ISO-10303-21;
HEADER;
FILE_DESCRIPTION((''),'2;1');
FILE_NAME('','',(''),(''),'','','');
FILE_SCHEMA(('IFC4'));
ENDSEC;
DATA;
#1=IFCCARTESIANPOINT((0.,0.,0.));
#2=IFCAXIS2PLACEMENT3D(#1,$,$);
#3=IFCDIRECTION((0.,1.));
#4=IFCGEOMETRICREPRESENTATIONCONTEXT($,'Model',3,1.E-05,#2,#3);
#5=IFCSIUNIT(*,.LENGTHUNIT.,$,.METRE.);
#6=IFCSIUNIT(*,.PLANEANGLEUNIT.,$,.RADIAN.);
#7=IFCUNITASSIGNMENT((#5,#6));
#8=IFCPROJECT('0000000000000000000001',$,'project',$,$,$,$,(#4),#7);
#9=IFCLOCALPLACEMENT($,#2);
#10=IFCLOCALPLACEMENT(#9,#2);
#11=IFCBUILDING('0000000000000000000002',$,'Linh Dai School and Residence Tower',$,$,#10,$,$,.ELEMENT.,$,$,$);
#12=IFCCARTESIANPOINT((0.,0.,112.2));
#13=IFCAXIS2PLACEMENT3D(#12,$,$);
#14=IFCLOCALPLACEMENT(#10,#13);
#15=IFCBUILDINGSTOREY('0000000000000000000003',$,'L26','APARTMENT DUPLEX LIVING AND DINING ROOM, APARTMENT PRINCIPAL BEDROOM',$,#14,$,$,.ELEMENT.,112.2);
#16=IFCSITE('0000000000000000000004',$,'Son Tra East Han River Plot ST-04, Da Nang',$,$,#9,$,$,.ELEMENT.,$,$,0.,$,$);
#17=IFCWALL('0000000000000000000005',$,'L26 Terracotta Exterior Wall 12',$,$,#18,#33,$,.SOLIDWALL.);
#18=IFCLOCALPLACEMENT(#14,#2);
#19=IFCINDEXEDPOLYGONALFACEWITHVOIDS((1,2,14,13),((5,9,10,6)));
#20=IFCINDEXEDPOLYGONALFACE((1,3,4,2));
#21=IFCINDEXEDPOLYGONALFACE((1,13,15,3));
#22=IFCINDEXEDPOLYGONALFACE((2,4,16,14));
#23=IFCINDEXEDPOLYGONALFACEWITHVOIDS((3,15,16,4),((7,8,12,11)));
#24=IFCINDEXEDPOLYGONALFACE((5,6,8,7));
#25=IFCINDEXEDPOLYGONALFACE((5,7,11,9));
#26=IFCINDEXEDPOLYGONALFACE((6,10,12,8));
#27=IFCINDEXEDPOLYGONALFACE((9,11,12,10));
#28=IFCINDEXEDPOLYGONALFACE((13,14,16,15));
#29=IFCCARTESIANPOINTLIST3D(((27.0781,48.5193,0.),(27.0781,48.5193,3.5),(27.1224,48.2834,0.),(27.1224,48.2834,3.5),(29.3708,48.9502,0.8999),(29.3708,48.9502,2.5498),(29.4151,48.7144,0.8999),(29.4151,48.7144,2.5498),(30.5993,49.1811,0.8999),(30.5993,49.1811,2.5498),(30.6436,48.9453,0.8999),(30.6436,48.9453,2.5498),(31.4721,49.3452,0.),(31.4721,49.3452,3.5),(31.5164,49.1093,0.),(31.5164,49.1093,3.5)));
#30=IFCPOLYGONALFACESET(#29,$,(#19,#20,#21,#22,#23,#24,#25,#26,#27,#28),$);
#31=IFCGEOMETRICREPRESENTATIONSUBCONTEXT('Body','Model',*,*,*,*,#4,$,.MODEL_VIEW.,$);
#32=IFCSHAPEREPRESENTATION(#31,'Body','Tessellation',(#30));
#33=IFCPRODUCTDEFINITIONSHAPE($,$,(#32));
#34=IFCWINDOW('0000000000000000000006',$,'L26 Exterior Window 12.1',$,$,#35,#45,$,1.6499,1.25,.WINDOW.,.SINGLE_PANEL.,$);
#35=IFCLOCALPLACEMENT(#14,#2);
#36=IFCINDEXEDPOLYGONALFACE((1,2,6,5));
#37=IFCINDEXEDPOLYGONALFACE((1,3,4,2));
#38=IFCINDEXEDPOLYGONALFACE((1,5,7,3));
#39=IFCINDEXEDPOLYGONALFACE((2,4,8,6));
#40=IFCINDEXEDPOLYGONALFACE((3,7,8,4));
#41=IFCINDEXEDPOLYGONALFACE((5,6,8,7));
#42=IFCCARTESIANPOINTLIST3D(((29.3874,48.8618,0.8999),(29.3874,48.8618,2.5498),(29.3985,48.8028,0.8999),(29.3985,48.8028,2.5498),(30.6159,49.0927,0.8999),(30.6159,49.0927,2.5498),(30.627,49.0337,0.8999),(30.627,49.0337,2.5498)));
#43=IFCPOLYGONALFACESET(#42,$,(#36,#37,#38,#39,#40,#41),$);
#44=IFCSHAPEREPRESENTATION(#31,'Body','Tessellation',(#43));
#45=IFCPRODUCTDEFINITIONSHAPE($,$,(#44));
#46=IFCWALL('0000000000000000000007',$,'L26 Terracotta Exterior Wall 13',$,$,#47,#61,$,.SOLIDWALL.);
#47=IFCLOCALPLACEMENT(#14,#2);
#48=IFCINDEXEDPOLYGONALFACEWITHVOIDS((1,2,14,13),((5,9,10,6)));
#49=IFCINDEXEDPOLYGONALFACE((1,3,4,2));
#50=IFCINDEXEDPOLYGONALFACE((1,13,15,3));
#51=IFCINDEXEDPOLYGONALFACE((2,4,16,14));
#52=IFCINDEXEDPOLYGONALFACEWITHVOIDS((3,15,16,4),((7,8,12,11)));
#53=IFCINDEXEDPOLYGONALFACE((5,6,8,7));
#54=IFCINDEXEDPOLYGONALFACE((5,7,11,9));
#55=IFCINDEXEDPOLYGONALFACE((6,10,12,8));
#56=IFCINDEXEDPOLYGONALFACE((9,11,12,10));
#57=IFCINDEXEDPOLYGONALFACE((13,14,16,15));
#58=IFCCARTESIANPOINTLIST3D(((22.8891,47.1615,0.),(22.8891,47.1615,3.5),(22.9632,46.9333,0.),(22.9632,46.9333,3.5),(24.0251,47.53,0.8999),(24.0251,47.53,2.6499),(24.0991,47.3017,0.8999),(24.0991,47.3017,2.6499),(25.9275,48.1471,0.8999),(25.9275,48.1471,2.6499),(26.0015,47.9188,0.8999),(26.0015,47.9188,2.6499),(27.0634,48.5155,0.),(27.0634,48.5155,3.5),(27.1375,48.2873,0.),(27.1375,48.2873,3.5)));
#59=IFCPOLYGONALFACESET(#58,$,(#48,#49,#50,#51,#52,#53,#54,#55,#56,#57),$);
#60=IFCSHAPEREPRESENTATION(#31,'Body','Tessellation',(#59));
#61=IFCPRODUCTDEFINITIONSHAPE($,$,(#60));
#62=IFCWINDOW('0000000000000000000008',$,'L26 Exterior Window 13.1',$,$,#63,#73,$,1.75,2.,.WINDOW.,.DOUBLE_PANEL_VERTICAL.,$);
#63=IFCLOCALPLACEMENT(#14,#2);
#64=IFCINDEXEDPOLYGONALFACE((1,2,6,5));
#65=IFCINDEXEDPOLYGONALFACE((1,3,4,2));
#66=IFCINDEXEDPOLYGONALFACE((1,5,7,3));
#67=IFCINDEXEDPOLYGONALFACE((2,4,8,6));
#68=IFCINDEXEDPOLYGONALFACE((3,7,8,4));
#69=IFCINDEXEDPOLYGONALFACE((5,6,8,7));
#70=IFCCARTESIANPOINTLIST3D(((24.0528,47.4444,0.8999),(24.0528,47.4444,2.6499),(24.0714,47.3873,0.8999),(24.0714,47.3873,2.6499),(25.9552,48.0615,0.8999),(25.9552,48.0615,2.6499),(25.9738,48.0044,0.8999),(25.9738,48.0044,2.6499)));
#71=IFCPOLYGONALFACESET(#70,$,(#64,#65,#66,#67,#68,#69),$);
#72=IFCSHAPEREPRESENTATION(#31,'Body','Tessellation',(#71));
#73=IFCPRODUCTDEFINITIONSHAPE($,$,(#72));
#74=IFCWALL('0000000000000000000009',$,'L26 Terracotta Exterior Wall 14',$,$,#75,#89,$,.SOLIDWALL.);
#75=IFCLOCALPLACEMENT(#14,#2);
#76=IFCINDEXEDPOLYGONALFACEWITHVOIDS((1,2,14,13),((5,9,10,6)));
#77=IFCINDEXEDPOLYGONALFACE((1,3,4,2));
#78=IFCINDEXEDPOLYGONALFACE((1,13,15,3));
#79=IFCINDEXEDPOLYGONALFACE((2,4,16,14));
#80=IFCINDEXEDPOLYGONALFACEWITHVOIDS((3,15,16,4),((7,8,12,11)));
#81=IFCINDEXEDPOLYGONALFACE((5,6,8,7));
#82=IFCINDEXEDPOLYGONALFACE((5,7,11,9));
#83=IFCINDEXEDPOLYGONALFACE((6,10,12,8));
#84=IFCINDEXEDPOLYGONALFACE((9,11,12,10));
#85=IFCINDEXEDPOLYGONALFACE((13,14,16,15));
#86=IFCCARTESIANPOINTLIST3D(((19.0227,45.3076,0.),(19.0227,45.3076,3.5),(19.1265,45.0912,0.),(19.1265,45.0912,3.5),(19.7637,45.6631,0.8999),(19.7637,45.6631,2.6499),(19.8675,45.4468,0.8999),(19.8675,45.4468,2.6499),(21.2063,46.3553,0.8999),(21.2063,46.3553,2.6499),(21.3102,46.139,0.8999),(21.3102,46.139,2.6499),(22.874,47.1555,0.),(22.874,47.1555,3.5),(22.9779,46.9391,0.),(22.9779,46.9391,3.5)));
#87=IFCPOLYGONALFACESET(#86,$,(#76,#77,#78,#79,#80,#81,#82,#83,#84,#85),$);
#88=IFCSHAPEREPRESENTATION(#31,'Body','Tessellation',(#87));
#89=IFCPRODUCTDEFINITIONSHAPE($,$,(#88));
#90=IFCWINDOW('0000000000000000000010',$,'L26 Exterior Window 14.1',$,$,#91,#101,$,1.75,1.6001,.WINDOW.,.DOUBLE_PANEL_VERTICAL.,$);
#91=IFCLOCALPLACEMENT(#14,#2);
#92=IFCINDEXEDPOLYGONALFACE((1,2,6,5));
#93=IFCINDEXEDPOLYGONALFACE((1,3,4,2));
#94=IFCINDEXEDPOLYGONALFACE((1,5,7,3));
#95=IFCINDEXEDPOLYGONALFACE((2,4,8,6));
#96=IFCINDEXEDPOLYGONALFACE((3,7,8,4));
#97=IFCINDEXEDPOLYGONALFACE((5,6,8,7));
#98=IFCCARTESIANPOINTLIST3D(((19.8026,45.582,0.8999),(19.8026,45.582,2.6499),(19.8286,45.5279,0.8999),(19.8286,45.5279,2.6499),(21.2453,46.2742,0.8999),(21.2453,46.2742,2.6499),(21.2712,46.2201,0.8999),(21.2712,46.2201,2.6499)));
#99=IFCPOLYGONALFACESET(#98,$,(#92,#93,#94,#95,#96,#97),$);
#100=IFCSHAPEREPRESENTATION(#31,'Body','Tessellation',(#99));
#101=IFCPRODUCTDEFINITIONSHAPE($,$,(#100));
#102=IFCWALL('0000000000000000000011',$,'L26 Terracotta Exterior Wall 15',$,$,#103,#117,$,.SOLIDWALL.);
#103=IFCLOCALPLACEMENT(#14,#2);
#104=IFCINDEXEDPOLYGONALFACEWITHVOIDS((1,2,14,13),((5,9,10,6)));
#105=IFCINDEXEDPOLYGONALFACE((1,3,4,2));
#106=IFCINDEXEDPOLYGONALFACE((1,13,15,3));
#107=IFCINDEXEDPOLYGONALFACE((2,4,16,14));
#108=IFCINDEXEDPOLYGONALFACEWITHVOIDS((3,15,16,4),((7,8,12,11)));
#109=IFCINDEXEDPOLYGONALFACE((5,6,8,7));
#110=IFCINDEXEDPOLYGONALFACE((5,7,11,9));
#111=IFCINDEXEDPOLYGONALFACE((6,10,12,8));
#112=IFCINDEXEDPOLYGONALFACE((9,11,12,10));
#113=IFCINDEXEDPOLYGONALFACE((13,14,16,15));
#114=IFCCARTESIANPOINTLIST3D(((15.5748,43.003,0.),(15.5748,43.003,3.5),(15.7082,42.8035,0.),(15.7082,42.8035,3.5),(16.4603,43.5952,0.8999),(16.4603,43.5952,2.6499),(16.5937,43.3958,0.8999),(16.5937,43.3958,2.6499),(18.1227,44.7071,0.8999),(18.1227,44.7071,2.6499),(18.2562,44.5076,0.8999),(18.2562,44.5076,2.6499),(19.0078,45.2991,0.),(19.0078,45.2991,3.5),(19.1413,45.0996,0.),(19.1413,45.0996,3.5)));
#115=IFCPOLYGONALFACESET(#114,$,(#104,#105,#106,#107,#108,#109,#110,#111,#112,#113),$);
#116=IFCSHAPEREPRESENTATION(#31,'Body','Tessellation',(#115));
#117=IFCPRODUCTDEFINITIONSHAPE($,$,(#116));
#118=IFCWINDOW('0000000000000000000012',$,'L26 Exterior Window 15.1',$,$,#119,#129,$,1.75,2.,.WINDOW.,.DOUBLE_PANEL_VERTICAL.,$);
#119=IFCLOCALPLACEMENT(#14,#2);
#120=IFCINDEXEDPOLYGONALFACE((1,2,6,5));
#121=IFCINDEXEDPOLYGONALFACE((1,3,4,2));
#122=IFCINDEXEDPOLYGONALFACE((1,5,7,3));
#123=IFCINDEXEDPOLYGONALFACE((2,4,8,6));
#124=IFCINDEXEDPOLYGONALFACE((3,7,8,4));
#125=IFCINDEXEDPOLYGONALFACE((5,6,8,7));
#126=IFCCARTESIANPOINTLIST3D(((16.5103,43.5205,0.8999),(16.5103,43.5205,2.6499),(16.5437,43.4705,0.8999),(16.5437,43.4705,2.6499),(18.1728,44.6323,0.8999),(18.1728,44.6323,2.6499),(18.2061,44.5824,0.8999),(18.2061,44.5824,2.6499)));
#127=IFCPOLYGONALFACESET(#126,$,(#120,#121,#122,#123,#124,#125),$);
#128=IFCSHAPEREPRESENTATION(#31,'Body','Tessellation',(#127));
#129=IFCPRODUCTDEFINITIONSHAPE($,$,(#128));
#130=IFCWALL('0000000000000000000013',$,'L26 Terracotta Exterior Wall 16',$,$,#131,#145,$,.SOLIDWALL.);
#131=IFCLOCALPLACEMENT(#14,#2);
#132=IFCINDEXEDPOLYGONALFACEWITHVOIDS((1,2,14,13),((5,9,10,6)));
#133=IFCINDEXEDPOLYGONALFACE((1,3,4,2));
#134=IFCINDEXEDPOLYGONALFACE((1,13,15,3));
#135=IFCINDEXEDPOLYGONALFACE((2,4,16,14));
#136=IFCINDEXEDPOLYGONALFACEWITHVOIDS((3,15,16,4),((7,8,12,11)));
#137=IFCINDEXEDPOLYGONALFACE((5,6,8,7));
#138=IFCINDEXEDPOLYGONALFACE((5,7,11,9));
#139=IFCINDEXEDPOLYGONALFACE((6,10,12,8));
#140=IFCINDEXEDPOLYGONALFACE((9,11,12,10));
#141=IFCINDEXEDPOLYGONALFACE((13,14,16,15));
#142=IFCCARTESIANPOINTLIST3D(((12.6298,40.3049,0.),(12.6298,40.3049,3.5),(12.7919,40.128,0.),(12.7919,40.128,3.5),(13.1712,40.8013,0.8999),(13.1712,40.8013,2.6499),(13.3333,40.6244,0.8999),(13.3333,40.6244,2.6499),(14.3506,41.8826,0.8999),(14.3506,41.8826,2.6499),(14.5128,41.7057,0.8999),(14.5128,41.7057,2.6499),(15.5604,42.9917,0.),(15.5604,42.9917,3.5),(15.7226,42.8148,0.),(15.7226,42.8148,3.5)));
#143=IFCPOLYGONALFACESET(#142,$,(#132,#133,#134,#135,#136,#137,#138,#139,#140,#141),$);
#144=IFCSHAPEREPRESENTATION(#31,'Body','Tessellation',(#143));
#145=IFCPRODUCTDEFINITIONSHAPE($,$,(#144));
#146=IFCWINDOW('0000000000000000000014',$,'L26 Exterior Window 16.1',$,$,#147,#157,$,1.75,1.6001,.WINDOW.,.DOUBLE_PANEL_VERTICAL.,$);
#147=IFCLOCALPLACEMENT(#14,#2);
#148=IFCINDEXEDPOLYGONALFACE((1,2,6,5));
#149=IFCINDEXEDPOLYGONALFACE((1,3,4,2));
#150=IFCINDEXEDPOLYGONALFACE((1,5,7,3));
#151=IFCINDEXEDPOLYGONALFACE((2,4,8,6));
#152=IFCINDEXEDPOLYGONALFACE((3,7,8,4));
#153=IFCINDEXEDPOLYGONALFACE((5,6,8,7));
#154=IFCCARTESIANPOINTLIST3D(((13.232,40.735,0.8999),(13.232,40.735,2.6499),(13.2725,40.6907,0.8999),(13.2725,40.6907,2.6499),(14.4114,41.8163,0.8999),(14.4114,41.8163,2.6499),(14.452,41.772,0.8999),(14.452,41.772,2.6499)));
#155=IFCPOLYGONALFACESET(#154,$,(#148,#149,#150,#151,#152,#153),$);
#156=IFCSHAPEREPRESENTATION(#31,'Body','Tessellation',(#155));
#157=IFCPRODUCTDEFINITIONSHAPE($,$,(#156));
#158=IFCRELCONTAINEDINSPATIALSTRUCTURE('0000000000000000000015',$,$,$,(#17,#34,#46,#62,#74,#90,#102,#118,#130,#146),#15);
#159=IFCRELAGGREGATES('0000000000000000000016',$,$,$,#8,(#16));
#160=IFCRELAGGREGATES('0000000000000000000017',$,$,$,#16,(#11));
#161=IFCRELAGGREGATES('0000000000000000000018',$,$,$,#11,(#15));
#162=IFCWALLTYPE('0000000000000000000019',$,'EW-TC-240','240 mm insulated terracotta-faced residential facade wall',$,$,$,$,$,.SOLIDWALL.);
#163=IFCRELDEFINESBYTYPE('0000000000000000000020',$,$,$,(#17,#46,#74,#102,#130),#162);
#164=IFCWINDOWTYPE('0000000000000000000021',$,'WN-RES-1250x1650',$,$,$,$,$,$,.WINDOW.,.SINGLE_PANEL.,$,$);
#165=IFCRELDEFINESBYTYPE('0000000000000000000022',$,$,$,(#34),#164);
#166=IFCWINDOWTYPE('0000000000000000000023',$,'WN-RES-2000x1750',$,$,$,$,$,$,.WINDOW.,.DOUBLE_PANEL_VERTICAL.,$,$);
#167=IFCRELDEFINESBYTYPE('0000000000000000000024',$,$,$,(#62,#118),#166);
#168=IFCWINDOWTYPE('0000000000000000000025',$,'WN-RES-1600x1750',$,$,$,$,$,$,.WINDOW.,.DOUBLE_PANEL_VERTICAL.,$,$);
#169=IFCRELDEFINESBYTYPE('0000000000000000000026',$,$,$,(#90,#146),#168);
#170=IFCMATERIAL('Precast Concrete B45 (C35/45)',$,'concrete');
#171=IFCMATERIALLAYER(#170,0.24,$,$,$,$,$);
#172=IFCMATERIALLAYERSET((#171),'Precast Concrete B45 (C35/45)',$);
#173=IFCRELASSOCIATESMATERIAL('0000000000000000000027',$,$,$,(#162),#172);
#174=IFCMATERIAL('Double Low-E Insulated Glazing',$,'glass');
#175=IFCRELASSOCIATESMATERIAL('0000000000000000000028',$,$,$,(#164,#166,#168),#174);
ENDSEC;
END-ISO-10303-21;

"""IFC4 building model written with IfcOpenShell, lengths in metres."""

from ifc_helpers import new_model, si_unit, direction, frame, frame_2d, origin, origin_2d, place, context, subcontext, project, spatial, rectangle, extrude, source, transform, mapped, material, layer, layer_set, type_object, element, fill, save


model = new_model("IFC4")

# Units and contexts
model_context = context("Model", 3, precision=1e-05, world=origin(), true_north=direction((0.0, 1.0)))
body_context = subcontext(model_context, "Body", "Model", "MODEL_VIEW")
ifc_project = project(units=[si_unit("LENGTHUNIT", "METRE"), si_unit("PLANEANGLEUNIT", "RADIAN")], contexts=[model_context])

# Site, building, storey
site_placement = place(None, origin())
site = spatial("IfcSite", under=ifc_project, at=site_placement, Name="Son Tra East Han River Plot ST-04, Da Nang", CompositionType="ELEMENT", RefElevation=0.0)
building_placement = place(site_placement, origin())
building = spatial("IfcBuilding", under=site, at=building_placement, Name="Linh Dai School and Residence Tower", CompositionType="ELEMENT")
storey_placement = place(building_placement, frame((0.0, 0.0, 112.2)))
storey = spatial("IfcBuildingStorey", under=building, at=storey_placement, Name="L26", Description="APARTMENT DUPLEX LIVING AND DINING ROOM, APARTMENT PRINCIPAL BEDROOM", CompositionType="ELEMENT", Elevation=112.2)

# Shared definitions
ifc_material_1 = material(Name="Precast Concrete B45 (C35/45)", Category="concrete")

# Walls, openings, windows
ifc_layer_1 = layer(ifc_material_1, 0.24)
ifc_layer_set_1 = layer_set([ifc_layer_1], Name="Precast Concrete B45 (C35/45)")
wall_type_1 = type_object("IfcWallType", Name="EW-TC-240", Description="240 mm insulated terracotta-faced residential facade wall", PredefinedType="SOLIDWALL", material=ifc_layer_set_1)
wall_1_placement = place(storey_placement, frame((27.1003, 48.4014, 0.0), z_axis=(0.0, 0.0, 1.0), x_axis=(0.982789, 0.18473, 0.0)))
wall_1 = element("IfcWall", 1, at=wall_1_placement, inside=storey, type_object=wall_type_1, Name="L26 Terracotta Exterior Wall 12", PredefinedType="SOLIDWALL", context=body_context, shape_type="SweptSolid", body=[
    extrude(rectangle(XDim=4.4709, YDim=0.24, at=frame_2d((2.2354, 0.0))), origin(), (0.0, 0.0, 1.0), 3.5),
])
opening_1_placement = place(wall_1_placement, frame((2.3328, 0.0, 0.8999)))
opening_1 = element("IfcOpeningElement", 2, at=opening_1_placement, cuts=wall_1, PredefinedType="OPENING", context=body_context, shape_type="SweptSolid", body=[
    extrude(rectangle(XDim=1.25, YDim=1.6499, at=origin_2d()), frame((0.625, 0.1299, 0.825), z_axis=(0.0, -1.0, 0.0), x_axis=(1.0, 0.0, 0.0)), (0.0, 0.0, 1.0), 0.26),
])
ifc_material_2 = material(Name="Double Low-E Insulated Glazing", Category="glass")
window_type_1 = type_object("IfcWindowType", Name="WN-RES-1250x1650", PartitioningType="SINGLE_PANEL", PredefinedType="WINDOW", material=ifc_material_2)
shared_shape_1 = source(origin(), body_context, "Body", "SweptSolid", [
    extrude(rectangle(XDim=1.25, YDim=1.6499, at=origin_2d()), frame((0.625, 0.03, 0.825), z_axis=(0.0, -1.0, 0.0), x_axis=(1.0, 0.0, 0.0)), (0.0, 0.0, 1.0), 0.0601),
])
window_1_placement = place(opening_1_placement, origin())
window_1 = element("IfcWindow", 3, at=window_1_placement, inside=storey, type_object=window_type_1, Name="L26 Exterior Window 12.1", OverallHeight=1.6499, OverallWidth=1.25, PartitioningType="SINGLE_PANEL", PredefinedType="WINDOW", context=body_context, shape_type="MappedRepresentation", body=[
    mapped(shared_shape_1, transform((0.0, 0.0, 0.0), x_axis=(1.0, 0.0, 0.0), y_axis=(0.0, 1.0, 0.0), z_axis=(0.0, 0.0, 1.0), scale=1.0)),
])
fill(opening_1, window_1)
wall_2_placement = place(storey_placement, frame((22.926, 47.0474, 0.0), z_axis=(0.0, 0.0, 1.0), x_axis=(0.951211, 0.30854, 0.0)))
wall_2 = element("IfcWall", 4, at=wall_2_placement, inside=storey, type_object=wall_type_1, Name="L26 Terracotta Exterior Wall 13", PredefinedType="SOLIDWALL", context=body_context, shape_type="SweptSolid", body=[
    extrude(rectangle(XDim=4.3884, YDim=0.24, at=frame_2d((2.1943, 0.0))), origin(), (0.0, 0.0, 1.0), 3.5),
])
opening_2_placement = place(wall_2_placement, frame((1.1943, 0.0, 0.8999)))
opening_2 = element("IfcOpeningElement", 5, at=opening_2_placement, cuts=wall_2, PredefinedType="OPENING", context=body_context, shape_type="SweptSolid", body=[
    extrude(rectangle(XDim=2.0, YDim=1.75, at=origin_2d()), frame((1.0, 0.1299, 0.875), z_axis=(0.0, -1.0, 0.0), x_axis=(1.0, 0.0, 0.0)), (0.0, 0.0, 1.0), 0.26),
])
window_type_2 = type_object("IfcWindowType", Name="WN-RES-2000x1750", PartitioningType="DOUBLE_PANEL_VERTICAL", PredefinedType="WINDOW", material=ifc_material_2)
shared_shape_2 = source(origin(), body_context, "Body", "SweptSolid", [
    extrude(rectangle(XDim=2.0, YDim=1.75, at=origin_2d()), frame((1.0, 0.03, 0.875), z_axis=(0.0, -1.0, 0.0), x_axis=(1.0, 0.0, 0.0)), (0.0, 0.0, 1.0), 0.0601),
])
window_2_placement = place(opening_2_placement, origin())
window_2 = element("IfcWindow", 6, at=window_2_placement, inside=storey, type_object=window_type_2, Name="L26 Exterior Window 13.1", OverallHeight=1.75, OverallWidth=2.0, PartitioningType="DOUBLE_PANEL_VERTICAL", PredefinedType="WINDOW", context=body_context, shape_type="MappedRepresentation", body=[
    mapped(shared_shape_2, transform((0.0, 0.0, 0.0), x_axis=(1.0, 0.0, 0.0), y_axis=(0.0, 1.0, 0.0), z_axis=(0.0, 0.0, 1.0), scale=1.0)),
])
fill(opening_2, window_2)
wall_3_placement = place(storey_placement, frame((19.0747, 45.1995, 0.0), z_axis=(0.0, 0.0, 1.0), x_axis=(0.90159, 0.432592, 0.0)))
wall_3 = element("IfcWall", 7, at=wall_3_placement, inside=storey, type_object=wall_type_1, Name="L26 Terracotta Exterior Wall 14", PredefinedType="SOLIDWALL", context=body_context, shape_type="SweptSolid", body=[
    extrude(rectangle(XDim=4.2717, YDim=0.24, at=frame_2d((2.1357, 0.0))), origin(), (0.0, 0.0, 1.0), 3.5),
])
opening_3_placement = place(wall_3_placement, frame((0.8218, 0.0, 0.8999)))
opening_3 = element("IfcOpeningElement", 8, at=opening_3_placement, cuts=wall_3, PredefinedType="OPENING", context=body_context, shape_type="SweptSolid", body=[
    extrude(rectangle(XDim=1.6001, YDim=1.75, at=origin_2d()), frame((0.8, 0.1299, 0.875), z_axis=(0.0, -1.0, 0.0), x_axis=(1.0, 0.0, 0.0)), (0.0, 0.0, 1.0), 0.26),
])
window_type_3 = type_object("IfcWindowType", Name="WN-RES-1600x1750", PartitioningType="DOUBLE_PANEL_VERTICAL", PredefinedType="WINDOW", material=ifc_material_2)
shared_shape_3 = source(origin(), body_context, "Body", "SweptSolid", [
    extrude(rectangle(XDim=1.6001, YDim=1.75, at=origin_2d()), frame((0.8, 0.03, 0.875), z_axis=(0.0, -1.0, 0.0), x_axis=(1.0, 0.0, 0.0)), (0.0, 0.0, 1.0), 0.0601),
])
window_3_placement = place(opening_3_placement, origin())
window_3 = element("IfcWindow", 9, at=window_3_placement, inside=storey, type_object=window_type_3, Name="L26 Exterior Window 14.1", OverallHeight=1.75, OverallWidth=1.6001, PartitioningType="DOUBLE_PANEL_VERTICAL", PredefinedType="WINDOW", context=body_context, shape_type="MappedRepresentation", body=[
    mapped(shared_shape_3, transform((0.0, 0.0, 0.0), x_axis=(1.0, 0.0, 0.0), y_axis=(0.0, 1.0, 0.0), z_axis=(0.0, 0.0, 1.0), scale=1.0)),
])
fill(opening_3, window_3)
wall_4_placement = place(storey_placement, frame((15.6416, 42.9033, 0.0), z_axis=(0.0, 0.0, 1.0), x_axis=(0.831222, 0.555941, 0.0)))
wall_4 = element("IfcWall", 10, at=wall_4_placement, inside=storey, type_object=wall_type_1, Name="L26 Terracotta Exterior Wall 15", PredefinedType="SOLIDWALL", context=body_context, shape_type="SweptSolid", body=[
    extrude(rectangle(XDim=4.1301, YDim=0.24, at=frame_2d((2.0649, 0.0))), origin(), (0.0, 0.0, 1.0), 3.5),
])
opening_4_placement = place(wall_4_placement, frame((1.0652, 0.0, 0.8999)))
opening_4 = element("IfcOpeningElement", 11, at=opening_4_placement, cuts=wall_4, PredefinedType="OPENING", context=body_context, shape_type="SweptSolid", body=[
    extrude(rectangle(XDim=2.0, YDim=1.75, at=origin_2d()), frame((1.0, 0.1299, 0.875), z_axis=(0.0, -1.0, 0.0), x_axis=(1.0, 0.0, 0.0)), (0.0, 0.0, 1.0), 0.26),
])
window_4_placement = place(opening_4_placement, origin())
window_4 = element("IfcWindow", 12, at=window_4_placement, inside=storey, type_object=window_type_2, Name="L26 Exterior Window 15.1", OverallHeight=1.75, OverallWidth=2.0, PartitioningType="DOUBLE_PANEL_VERTICAL", PredefinedType="WINDOW", context=body_context, shape_type="MappedRepresentation", body=[
    mapped(shared_shape_2, transform((0.0, 0.0, 0.0), x_axis=(1.0, 0.0, 0.0), y_axis=(0.0, 1.0, 0.0), z_axis=(0.0, 0.0, 1.0), scale=1.0)),
])
fill(opening_4, window_4)
wall_5_placement = place(storey_placement, frame((12.7109, 40.2166, 0.0), z_axis=(0.0, 0.0, 1.0), x_axis=(0.737113, 0.675769, 0.0)))
wall_5 = element("IfcWall", 13, at=wall_5_placement, inside=storey, type_object=wall_type_1, Name="L26 Terracotta Exterior Wall 16", PredefinedType="SOLIDWALL", context=body_context, shape_type="SweptSolid", body=[
    extrude(rectangle(XDim=3.9758, YDim=0.24, at=frame_2d((1.9878, 0.0))), origin(), (0.0, 0.0, 1.0), 3.5),
])
opening_5_placement = place(wall_5_placement, frame((0.7344, 0.0, 0.8999)))
opening_5 = element("IfcOpeningElement", 14, at=opening_5_placement, cuts=wall_5, PredefinedType="OPENING", context=body_context, shape_type="SweptSolid", body=[
    extrude(rectangle(XDim=1.6001, YDim=1.75, at=origin_2d()), frame((0.8, 0.1299, 0.875), z_axis=(0.0, -1.0, 0.0), x_axis=(1.0, 0.0, 0.0)), (0.0, 0.0, 1.0), 0.26),
])
window_5_placement = place(opening_5_placement, origin())
window_5 = element("IfcWindow", 15, at=window_5_placement, inside=storey, type_object=window_type_3, Name="L26 Exterior Window 16.1", OverallHeight=1.75, OverallWidth=1.6001, PartitioningType="DOUBLE_PANEL_VERTICAL", PredefinedType="WINDOW", context=body_context, shape_type="MappedRepresentation", body=[
    mapped(shared_shape_3, transform((0.0, 0.0, 0.0), x_axis=(1.0, 0.0, 0.0), y_axis=(0.0, 1.0, 0.0), z_axis=(0.0, 0.0, 1.0), scale=1.0)),
])
fill(opening_5, window_5)

save(model, "model.ifc")
